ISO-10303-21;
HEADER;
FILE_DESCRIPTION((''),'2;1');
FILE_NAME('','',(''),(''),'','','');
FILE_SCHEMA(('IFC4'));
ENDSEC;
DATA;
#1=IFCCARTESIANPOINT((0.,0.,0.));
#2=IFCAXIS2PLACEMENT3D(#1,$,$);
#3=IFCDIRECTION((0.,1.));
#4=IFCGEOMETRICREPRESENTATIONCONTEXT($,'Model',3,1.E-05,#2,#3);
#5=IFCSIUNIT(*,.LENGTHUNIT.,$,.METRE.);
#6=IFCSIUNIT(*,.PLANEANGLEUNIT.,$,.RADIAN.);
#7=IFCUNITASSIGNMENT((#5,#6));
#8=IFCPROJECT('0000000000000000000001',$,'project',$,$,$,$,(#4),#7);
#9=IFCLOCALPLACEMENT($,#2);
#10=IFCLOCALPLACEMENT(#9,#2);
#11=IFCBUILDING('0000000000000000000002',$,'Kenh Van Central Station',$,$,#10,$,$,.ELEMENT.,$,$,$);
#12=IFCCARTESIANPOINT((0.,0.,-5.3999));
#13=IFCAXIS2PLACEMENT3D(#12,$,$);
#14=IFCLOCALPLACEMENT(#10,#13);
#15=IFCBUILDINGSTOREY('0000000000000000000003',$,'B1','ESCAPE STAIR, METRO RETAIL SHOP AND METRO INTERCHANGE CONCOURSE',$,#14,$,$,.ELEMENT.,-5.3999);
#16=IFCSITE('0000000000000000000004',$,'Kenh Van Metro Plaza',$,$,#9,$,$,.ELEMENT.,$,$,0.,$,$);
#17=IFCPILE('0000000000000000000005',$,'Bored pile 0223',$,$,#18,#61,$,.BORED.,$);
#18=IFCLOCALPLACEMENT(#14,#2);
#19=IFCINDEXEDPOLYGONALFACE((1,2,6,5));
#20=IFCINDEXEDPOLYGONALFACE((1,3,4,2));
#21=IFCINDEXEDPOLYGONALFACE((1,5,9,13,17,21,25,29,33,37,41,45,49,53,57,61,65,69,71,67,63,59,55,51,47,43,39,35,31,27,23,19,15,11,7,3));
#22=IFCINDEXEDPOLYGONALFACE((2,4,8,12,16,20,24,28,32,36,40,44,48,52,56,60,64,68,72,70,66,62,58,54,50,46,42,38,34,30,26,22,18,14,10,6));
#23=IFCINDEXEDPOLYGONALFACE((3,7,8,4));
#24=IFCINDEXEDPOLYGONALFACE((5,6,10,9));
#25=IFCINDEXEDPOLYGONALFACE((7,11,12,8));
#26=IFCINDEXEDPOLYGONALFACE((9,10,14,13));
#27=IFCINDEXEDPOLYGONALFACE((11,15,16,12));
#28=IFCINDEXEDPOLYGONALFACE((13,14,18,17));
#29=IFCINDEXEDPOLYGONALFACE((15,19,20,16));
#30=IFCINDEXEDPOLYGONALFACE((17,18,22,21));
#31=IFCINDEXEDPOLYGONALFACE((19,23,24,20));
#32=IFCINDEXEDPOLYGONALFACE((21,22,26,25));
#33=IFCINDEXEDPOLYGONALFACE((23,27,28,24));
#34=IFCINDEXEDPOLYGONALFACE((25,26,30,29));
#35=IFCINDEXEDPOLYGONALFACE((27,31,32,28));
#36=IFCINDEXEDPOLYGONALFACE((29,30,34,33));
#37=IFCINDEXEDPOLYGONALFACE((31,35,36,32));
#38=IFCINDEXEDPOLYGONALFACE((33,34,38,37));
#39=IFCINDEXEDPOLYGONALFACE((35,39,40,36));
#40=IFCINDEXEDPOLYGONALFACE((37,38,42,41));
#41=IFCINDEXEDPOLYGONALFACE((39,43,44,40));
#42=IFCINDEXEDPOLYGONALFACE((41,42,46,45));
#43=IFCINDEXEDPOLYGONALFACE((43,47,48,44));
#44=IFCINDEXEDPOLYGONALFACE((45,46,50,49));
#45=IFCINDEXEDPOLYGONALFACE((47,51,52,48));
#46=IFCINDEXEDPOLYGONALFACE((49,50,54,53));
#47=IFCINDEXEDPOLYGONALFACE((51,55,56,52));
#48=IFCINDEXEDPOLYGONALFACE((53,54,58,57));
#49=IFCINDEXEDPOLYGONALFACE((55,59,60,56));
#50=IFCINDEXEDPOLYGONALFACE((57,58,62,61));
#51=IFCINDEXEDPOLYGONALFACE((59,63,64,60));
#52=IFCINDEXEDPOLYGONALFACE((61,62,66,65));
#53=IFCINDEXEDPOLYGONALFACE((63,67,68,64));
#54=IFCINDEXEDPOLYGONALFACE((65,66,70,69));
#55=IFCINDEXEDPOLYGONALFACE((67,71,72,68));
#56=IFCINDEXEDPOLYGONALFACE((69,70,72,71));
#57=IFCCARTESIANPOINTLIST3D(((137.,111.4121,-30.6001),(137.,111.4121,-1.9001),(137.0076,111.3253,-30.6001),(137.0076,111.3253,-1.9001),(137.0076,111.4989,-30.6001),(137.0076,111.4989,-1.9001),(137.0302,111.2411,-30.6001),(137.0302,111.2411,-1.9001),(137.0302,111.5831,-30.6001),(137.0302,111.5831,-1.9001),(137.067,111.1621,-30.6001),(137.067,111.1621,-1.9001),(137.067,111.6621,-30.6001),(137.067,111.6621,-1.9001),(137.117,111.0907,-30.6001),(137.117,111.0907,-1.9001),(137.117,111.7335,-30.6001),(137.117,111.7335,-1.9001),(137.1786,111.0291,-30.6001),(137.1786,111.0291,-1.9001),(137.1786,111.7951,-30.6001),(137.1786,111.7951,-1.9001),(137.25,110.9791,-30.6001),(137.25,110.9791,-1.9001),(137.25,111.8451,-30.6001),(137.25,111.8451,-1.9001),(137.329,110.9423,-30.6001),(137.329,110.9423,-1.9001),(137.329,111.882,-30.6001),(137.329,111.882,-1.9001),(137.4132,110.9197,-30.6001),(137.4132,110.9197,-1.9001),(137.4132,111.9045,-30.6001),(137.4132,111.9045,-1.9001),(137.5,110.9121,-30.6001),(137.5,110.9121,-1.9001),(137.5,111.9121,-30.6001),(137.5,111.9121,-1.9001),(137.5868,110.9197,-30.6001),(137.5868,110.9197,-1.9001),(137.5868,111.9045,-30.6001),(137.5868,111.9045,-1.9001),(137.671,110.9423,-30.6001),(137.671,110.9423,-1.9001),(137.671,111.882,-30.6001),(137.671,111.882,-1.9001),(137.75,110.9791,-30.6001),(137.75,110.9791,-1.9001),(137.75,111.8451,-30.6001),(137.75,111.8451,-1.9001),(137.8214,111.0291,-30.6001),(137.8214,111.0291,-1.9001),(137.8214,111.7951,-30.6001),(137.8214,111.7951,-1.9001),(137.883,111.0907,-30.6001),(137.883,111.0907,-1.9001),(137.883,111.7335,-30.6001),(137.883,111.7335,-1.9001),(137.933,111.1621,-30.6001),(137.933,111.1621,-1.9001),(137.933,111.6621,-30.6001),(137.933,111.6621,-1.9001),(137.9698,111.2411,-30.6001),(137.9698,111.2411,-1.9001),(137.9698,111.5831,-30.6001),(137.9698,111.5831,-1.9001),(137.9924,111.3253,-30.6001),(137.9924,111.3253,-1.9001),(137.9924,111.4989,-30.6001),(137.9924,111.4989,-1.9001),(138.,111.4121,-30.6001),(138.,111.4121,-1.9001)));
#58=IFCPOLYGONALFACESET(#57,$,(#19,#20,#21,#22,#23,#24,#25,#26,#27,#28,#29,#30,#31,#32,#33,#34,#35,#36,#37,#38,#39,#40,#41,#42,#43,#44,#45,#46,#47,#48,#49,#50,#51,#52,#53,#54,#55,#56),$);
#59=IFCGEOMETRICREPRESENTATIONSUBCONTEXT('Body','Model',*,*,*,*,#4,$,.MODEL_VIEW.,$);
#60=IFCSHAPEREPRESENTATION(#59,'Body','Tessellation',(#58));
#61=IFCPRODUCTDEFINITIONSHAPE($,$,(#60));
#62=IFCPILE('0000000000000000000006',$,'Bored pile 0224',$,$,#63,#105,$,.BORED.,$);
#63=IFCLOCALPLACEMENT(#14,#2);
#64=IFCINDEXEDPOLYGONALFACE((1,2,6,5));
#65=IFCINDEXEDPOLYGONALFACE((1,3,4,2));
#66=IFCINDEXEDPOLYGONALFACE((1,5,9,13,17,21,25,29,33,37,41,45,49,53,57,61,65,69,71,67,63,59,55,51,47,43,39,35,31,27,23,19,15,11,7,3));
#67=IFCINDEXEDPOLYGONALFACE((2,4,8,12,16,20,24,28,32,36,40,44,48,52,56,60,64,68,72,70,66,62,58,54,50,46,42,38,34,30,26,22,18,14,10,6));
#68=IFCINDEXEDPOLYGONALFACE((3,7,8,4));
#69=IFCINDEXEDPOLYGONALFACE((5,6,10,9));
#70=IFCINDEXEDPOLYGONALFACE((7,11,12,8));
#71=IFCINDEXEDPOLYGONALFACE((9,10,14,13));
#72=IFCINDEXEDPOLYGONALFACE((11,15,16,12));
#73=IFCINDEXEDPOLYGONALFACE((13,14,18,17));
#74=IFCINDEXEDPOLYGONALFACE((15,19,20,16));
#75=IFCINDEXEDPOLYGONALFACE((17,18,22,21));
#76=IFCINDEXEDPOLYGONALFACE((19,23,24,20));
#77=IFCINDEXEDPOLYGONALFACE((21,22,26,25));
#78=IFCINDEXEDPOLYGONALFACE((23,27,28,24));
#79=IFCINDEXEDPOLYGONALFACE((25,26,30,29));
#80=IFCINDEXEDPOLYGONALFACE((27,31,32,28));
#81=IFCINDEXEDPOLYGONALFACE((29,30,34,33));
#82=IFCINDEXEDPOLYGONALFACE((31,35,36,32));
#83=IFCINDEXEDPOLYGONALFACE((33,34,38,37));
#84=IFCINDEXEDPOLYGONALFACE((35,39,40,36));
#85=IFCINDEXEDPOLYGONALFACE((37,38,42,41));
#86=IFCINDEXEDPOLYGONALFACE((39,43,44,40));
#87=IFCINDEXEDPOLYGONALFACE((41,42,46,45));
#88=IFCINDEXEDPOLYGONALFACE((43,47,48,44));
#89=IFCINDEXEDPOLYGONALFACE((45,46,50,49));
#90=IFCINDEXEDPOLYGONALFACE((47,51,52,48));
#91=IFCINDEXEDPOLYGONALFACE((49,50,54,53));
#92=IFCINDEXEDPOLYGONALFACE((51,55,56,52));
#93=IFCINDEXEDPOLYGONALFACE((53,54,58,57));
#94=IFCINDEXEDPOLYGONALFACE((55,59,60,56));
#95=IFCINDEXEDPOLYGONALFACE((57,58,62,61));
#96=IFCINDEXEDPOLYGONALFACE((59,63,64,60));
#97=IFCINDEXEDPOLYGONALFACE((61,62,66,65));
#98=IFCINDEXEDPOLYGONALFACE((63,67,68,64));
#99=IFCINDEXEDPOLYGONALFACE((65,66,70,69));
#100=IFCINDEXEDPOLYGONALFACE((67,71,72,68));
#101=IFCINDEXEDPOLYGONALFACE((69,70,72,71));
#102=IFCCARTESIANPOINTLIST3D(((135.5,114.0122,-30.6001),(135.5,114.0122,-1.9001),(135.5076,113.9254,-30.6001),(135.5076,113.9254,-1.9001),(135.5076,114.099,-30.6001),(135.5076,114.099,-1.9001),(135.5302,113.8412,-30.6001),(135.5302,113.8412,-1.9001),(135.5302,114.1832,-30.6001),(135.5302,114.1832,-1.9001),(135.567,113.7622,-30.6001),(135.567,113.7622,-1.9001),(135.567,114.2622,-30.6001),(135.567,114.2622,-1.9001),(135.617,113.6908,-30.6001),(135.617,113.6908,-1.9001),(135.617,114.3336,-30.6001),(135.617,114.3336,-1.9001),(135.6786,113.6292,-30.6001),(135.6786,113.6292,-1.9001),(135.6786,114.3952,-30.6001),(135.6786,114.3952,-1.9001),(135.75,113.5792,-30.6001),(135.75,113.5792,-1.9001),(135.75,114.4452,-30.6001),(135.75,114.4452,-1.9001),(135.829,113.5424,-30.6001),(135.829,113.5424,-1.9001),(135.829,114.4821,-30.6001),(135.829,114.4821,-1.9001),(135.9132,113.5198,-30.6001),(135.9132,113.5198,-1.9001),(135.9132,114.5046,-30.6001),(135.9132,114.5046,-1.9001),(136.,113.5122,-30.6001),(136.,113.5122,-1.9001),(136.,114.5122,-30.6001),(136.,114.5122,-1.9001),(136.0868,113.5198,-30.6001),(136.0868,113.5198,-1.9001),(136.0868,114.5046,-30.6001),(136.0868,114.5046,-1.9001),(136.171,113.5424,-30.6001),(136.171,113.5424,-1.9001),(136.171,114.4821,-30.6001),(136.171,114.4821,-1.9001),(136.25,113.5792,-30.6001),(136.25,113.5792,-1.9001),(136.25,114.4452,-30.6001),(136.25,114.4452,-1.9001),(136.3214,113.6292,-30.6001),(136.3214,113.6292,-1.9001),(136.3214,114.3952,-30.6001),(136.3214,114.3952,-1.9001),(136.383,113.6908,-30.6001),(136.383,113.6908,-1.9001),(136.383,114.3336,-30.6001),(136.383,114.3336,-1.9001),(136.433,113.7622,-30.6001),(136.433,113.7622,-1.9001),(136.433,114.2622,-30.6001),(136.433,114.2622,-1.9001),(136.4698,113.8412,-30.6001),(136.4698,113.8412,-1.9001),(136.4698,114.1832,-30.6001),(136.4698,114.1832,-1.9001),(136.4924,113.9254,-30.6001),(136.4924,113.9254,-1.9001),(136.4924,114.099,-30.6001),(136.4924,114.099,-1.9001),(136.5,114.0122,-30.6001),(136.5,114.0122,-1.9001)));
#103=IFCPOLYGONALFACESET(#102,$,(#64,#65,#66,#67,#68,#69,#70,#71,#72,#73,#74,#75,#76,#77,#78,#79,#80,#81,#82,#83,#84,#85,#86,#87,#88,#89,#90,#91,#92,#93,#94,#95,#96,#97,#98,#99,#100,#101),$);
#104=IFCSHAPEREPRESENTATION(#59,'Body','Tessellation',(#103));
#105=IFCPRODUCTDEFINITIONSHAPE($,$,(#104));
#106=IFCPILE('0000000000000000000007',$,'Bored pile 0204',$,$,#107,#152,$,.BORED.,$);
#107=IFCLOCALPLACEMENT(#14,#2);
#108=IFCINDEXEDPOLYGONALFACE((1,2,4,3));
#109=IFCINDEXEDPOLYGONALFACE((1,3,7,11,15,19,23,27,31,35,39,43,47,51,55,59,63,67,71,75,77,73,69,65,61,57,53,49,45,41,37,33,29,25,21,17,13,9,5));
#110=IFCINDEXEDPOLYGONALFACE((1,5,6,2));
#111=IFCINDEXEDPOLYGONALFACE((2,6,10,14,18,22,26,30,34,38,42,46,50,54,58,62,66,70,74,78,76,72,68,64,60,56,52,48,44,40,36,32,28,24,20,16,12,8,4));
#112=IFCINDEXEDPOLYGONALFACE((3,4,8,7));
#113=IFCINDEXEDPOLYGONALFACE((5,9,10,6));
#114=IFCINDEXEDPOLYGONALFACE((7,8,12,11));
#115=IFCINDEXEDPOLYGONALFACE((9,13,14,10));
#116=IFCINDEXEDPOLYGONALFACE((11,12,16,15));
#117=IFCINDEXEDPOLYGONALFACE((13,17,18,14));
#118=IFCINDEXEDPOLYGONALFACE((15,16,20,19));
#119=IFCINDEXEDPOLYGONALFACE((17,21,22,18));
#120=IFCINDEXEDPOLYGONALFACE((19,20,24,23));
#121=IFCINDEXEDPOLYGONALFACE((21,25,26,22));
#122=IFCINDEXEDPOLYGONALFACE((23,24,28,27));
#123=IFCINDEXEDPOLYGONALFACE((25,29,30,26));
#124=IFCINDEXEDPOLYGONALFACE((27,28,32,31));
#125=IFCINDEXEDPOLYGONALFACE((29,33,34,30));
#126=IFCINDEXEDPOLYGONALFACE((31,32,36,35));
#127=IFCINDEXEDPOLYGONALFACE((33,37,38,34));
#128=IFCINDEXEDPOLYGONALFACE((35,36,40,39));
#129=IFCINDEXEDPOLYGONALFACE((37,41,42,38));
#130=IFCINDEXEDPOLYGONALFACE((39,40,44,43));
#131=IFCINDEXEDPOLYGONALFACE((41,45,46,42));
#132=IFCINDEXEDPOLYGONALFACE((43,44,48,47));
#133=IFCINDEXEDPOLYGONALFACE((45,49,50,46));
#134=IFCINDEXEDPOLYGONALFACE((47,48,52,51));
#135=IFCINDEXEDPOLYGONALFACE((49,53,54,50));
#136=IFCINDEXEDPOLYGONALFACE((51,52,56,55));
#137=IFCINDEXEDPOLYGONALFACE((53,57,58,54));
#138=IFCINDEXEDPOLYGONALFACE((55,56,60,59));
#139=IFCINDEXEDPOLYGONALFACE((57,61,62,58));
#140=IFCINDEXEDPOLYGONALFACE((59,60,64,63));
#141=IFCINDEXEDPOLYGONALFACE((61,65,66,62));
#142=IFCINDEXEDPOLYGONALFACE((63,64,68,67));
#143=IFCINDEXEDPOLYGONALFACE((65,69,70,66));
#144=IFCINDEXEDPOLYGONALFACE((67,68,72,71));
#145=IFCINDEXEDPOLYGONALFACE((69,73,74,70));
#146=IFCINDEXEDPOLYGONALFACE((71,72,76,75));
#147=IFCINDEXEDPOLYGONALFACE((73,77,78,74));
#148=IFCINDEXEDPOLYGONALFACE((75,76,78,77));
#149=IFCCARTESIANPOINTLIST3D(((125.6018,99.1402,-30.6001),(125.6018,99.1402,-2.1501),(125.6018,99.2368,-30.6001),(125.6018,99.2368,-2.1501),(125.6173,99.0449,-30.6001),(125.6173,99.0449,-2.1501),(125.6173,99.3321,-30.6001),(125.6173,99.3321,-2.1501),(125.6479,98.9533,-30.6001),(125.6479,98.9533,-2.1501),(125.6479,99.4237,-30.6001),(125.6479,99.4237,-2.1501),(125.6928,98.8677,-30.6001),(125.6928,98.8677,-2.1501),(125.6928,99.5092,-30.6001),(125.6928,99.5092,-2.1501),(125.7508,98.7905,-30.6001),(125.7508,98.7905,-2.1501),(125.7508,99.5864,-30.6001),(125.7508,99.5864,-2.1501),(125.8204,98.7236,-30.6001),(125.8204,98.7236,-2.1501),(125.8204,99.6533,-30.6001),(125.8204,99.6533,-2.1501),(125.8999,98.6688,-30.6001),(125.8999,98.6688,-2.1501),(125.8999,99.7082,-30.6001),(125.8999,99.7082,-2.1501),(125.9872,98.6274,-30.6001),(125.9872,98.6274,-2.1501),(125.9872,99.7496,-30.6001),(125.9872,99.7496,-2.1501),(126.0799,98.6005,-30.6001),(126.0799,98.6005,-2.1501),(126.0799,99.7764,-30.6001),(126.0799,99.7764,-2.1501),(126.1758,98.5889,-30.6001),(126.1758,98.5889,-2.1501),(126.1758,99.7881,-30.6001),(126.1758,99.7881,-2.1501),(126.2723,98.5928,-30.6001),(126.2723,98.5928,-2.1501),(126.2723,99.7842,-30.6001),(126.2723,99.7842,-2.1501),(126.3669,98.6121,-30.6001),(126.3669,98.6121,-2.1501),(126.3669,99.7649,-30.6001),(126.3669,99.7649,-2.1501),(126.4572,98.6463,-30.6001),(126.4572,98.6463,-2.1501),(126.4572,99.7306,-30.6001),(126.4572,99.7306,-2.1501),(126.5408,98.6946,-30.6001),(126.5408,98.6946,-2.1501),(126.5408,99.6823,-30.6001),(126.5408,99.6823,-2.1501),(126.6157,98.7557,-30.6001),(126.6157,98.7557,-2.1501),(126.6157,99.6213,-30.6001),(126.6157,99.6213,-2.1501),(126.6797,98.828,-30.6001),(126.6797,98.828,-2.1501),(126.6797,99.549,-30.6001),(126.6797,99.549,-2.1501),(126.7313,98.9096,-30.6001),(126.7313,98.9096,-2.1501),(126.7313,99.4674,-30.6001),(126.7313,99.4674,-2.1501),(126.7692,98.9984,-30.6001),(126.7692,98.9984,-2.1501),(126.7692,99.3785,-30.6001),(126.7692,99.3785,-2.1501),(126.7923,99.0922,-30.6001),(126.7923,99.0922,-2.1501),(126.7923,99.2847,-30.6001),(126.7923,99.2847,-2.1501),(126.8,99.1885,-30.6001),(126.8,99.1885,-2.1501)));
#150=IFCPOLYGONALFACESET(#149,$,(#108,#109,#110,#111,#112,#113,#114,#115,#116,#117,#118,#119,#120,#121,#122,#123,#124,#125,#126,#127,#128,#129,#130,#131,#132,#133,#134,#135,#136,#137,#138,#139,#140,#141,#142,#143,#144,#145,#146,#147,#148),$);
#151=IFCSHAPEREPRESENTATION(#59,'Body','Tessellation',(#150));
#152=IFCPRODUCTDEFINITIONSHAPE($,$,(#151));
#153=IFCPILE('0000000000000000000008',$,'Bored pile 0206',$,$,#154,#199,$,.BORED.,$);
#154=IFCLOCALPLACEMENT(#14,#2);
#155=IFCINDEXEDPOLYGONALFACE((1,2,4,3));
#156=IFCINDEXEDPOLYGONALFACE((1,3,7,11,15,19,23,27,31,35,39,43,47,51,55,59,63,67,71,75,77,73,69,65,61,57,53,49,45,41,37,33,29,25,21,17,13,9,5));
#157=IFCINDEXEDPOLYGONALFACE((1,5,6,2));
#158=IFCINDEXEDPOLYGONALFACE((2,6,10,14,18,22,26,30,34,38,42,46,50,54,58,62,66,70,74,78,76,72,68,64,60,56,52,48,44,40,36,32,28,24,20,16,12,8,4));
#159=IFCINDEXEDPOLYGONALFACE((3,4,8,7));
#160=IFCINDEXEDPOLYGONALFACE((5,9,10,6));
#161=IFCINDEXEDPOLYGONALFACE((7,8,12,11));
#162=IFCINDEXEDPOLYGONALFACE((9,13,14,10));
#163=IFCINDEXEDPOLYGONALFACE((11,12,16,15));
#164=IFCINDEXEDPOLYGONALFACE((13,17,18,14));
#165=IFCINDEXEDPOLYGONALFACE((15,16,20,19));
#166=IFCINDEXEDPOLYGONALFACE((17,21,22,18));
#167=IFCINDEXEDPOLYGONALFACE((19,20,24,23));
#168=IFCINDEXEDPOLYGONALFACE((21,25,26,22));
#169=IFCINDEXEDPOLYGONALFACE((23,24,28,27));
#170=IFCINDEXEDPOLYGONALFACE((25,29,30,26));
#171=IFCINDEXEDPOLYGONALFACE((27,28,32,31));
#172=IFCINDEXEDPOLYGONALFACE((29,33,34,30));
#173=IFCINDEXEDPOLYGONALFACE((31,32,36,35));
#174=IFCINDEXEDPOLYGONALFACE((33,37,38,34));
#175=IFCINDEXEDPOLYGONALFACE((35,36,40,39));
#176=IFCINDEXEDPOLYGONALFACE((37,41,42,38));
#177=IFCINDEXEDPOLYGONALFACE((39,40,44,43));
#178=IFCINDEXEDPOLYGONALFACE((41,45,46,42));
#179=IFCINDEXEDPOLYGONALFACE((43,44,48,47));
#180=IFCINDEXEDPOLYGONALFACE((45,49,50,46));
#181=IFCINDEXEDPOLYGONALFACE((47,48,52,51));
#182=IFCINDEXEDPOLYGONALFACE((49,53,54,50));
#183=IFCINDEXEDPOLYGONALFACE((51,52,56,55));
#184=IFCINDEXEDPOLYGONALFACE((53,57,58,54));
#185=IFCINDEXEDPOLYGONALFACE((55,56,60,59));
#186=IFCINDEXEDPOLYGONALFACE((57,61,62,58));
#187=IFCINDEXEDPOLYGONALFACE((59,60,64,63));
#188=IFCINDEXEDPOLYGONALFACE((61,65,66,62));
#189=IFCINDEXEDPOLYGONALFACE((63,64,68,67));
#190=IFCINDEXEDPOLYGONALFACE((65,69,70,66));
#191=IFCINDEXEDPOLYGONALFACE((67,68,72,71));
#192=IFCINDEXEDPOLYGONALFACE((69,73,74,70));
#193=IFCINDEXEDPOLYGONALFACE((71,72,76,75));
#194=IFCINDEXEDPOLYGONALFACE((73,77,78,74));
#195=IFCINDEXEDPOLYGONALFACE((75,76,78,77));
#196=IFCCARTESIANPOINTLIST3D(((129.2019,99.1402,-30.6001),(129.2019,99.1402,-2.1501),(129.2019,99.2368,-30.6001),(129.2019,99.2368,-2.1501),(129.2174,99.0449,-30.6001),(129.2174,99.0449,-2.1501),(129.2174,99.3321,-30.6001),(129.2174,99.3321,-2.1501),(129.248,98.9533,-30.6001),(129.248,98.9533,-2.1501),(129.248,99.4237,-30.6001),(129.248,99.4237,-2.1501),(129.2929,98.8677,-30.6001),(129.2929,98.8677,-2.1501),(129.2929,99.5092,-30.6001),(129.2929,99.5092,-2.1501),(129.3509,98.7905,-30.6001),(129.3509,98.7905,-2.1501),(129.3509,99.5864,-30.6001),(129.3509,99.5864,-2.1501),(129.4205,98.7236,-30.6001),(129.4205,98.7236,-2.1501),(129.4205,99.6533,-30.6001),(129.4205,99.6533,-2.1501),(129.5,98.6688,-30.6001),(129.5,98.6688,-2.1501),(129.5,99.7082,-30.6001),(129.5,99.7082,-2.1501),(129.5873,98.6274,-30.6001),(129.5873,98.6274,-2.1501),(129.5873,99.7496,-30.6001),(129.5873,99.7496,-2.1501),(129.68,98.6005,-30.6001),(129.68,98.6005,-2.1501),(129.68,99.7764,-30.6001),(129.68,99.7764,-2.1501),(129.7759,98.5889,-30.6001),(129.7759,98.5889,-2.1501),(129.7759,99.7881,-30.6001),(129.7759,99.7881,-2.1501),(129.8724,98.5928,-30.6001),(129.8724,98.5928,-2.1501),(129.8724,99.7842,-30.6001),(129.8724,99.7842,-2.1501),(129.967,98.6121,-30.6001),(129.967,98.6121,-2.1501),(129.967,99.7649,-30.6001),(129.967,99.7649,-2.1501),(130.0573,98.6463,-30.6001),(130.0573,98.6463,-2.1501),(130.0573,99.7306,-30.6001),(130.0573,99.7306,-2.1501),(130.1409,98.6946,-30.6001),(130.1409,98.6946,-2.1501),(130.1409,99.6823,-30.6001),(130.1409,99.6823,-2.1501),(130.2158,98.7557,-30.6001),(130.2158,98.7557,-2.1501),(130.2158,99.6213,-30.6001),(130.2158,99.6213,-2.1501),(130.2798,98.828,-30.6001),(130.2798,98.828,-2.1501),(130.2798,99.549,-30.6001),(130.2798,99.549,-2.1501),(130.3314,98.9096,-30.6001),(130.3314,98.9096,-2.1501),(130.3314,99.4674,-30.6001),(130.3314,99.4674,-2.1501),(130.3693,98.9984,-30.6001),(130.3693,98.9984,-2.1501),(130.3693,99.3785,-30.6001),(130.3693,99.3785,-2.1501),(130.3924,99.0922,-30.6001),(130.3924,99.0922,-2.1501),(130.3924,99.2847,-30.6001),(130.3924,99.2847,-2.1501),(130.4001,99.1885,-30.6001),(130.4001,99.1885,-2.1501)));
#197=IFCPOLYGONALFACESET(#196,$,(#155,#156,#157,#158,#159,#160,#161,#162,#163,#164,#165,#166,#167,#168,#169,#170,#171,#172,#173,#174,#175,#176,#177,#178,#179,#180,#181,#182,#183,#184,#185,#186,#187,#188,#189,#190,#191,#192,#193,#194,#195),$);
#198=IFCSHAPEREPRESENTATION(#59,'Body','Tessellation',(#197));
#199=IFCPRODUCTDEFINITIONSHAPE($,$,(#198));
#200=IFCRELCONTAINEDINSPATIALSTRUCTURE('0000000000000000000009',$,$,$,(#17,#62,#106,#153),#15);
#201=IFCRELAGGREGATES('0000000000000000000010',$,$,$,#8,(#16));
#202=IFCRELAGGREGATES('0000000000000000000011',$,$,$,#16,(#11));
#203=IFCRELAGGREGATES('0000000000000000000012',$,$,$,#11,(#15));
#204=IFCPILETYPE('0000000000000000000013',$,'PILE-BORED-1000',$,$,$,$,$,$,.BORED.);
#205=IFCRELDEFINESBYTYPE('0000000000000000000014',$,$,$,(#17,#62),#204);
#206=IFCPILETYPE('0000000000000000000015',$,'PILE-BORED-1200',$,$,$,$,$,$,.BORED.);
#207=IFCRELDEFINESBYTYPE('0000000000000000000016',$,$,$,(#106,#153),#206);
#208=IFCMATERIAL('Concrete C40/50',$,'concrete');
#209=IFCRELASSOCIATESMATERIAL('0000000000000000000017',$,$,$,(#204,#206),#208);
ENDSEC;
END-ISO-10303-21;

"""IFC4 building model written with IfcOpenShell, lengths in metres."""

from ifc_helpers import new_model, si_unit, direction, frame, origin, origin_2d, place, context, subcontext, project, spatial, circle, extrude, material, material_profile, profile_set, type_object, element, save


model = new_model("IFC4")

# Units and contexts
model_context = context("Model", 3, precision=1e-05, world=origin(), true_north=direction((0.0, 1.0)))
body_context = subcontext(model_context, "Body", "Model", "MODEL_VIEW")
ifc_project = project(units=[si_unit("LENGTHUNIT", "METRE"), si_unit("PLANEANGLEUNIT", "RADIAN")], contexts=[model_context])

# Site, building, storey
site_placement = place(None, origin())
site = spatial("IfcSite", under=ifc_project, at=site_placement, Name="Kenh Van Metro Plaza", CompositionType="ELEMENT", RefElevation=0.0)
building_placement = place(site_placement, origin())
building = spatial("IfcBuilding", under=site, at=building_placement, Name="Kenh Van Central Station", CompositionType="ELEMENT")
storey_placement = place(building_placement, frame((0.0, 0.0, -5.3999)))
storey = spatial("IfcBuildingStorey", under=building, at=storey_placement, Name="B1", Description="ESCAPE STAIR, METRO RETAIL SHOP AND METRO INTERCHANGE CONCOURSE", CompositionType="ELEMENT", Elevation=-5.3999)

# Shared definitions
ifc_material_1 = material(Name="Concrete C40/50", Category="concrete")

# Piles
ifc_material_profile_1 = material_profile(ifc_material_1, circle(Radius=0.5, at=origin_2d()), Name="PILE D1000")
ifc_profile_set_1 = profile_set([ifc_material_profile_1], Name="Concrete C40/50")
pile_type_1 = type_object("IfcPileType", Name="PILE-BORED-1000", PredefinedType="BORED", material=ifc_profile_set_1)
for number, where, z_axis, x_axis, name in (
    (1, (137.5, 111.4121, -1.9001), (0.0, 0.0, -1.0), (1.0, 0.0, 0.0), "Bored pile 0223"),
    (2, (136.0, 114.0122, -1.9001), (0.0, 0.0, -1.0), (1.0, 0.0, 0.0), "Bored pile 0224"),
):
    element("IfcPile", number, at=place(storey_placement, frame(where, z_axis=z_axis, x_axis=x_axis)), inside=storey, type_object=pile_type_1, Name=name, PredefinedType="BORED", context=body_context, shape_type="SweptSolid", body=[
        extrude(circle(Radius=0.5, at=origin_2d()), origin(), (0.0, 0.0, 1.0), 28.7),
    ])
ifc_material_profile_2 = material_profile(ifc_material_1, circle(Radius=0.6001, at=origin_2d()), Name="PILE D1200")
ifc_profile_set_2 = profile_set([ifc_material_profile_2], Name="Concrete C40/50")
pile_type_2 = type_object("IfcPileType", Name="PILE-BORED-1200", PredefinedType="BORED", material=ifc_profile_set_2)
for number, where, z_axis, x_axis, name in (
    (3, (126.2, 99.1885, -2.1501), (0.0, 0.0, -1.0), (1.0, 0.0, 0.0), "Bored pile 0204"),
    (4, (129.8, 99.1885, -2.1501), (0.0, 0.0, -1.0), (1.0, 0.0, 0.0), "Bored pile 0206"),
):
    element("IfcPile", number, at=place(storey_placement, frame(where, z_axis=z_axis, x_axis=x_axis)), inside=storey, type_object=pile_type_2, Name=name, PredefinedType="BORED", context=body_context, shape_type="SweptSolid", body=[
        extrude(circle(Radius=0.6001, at=origin_2d()), origin(), (0.0, 0.0, 1.0), 28.45),
    ])

save(model, "model.ifc")
